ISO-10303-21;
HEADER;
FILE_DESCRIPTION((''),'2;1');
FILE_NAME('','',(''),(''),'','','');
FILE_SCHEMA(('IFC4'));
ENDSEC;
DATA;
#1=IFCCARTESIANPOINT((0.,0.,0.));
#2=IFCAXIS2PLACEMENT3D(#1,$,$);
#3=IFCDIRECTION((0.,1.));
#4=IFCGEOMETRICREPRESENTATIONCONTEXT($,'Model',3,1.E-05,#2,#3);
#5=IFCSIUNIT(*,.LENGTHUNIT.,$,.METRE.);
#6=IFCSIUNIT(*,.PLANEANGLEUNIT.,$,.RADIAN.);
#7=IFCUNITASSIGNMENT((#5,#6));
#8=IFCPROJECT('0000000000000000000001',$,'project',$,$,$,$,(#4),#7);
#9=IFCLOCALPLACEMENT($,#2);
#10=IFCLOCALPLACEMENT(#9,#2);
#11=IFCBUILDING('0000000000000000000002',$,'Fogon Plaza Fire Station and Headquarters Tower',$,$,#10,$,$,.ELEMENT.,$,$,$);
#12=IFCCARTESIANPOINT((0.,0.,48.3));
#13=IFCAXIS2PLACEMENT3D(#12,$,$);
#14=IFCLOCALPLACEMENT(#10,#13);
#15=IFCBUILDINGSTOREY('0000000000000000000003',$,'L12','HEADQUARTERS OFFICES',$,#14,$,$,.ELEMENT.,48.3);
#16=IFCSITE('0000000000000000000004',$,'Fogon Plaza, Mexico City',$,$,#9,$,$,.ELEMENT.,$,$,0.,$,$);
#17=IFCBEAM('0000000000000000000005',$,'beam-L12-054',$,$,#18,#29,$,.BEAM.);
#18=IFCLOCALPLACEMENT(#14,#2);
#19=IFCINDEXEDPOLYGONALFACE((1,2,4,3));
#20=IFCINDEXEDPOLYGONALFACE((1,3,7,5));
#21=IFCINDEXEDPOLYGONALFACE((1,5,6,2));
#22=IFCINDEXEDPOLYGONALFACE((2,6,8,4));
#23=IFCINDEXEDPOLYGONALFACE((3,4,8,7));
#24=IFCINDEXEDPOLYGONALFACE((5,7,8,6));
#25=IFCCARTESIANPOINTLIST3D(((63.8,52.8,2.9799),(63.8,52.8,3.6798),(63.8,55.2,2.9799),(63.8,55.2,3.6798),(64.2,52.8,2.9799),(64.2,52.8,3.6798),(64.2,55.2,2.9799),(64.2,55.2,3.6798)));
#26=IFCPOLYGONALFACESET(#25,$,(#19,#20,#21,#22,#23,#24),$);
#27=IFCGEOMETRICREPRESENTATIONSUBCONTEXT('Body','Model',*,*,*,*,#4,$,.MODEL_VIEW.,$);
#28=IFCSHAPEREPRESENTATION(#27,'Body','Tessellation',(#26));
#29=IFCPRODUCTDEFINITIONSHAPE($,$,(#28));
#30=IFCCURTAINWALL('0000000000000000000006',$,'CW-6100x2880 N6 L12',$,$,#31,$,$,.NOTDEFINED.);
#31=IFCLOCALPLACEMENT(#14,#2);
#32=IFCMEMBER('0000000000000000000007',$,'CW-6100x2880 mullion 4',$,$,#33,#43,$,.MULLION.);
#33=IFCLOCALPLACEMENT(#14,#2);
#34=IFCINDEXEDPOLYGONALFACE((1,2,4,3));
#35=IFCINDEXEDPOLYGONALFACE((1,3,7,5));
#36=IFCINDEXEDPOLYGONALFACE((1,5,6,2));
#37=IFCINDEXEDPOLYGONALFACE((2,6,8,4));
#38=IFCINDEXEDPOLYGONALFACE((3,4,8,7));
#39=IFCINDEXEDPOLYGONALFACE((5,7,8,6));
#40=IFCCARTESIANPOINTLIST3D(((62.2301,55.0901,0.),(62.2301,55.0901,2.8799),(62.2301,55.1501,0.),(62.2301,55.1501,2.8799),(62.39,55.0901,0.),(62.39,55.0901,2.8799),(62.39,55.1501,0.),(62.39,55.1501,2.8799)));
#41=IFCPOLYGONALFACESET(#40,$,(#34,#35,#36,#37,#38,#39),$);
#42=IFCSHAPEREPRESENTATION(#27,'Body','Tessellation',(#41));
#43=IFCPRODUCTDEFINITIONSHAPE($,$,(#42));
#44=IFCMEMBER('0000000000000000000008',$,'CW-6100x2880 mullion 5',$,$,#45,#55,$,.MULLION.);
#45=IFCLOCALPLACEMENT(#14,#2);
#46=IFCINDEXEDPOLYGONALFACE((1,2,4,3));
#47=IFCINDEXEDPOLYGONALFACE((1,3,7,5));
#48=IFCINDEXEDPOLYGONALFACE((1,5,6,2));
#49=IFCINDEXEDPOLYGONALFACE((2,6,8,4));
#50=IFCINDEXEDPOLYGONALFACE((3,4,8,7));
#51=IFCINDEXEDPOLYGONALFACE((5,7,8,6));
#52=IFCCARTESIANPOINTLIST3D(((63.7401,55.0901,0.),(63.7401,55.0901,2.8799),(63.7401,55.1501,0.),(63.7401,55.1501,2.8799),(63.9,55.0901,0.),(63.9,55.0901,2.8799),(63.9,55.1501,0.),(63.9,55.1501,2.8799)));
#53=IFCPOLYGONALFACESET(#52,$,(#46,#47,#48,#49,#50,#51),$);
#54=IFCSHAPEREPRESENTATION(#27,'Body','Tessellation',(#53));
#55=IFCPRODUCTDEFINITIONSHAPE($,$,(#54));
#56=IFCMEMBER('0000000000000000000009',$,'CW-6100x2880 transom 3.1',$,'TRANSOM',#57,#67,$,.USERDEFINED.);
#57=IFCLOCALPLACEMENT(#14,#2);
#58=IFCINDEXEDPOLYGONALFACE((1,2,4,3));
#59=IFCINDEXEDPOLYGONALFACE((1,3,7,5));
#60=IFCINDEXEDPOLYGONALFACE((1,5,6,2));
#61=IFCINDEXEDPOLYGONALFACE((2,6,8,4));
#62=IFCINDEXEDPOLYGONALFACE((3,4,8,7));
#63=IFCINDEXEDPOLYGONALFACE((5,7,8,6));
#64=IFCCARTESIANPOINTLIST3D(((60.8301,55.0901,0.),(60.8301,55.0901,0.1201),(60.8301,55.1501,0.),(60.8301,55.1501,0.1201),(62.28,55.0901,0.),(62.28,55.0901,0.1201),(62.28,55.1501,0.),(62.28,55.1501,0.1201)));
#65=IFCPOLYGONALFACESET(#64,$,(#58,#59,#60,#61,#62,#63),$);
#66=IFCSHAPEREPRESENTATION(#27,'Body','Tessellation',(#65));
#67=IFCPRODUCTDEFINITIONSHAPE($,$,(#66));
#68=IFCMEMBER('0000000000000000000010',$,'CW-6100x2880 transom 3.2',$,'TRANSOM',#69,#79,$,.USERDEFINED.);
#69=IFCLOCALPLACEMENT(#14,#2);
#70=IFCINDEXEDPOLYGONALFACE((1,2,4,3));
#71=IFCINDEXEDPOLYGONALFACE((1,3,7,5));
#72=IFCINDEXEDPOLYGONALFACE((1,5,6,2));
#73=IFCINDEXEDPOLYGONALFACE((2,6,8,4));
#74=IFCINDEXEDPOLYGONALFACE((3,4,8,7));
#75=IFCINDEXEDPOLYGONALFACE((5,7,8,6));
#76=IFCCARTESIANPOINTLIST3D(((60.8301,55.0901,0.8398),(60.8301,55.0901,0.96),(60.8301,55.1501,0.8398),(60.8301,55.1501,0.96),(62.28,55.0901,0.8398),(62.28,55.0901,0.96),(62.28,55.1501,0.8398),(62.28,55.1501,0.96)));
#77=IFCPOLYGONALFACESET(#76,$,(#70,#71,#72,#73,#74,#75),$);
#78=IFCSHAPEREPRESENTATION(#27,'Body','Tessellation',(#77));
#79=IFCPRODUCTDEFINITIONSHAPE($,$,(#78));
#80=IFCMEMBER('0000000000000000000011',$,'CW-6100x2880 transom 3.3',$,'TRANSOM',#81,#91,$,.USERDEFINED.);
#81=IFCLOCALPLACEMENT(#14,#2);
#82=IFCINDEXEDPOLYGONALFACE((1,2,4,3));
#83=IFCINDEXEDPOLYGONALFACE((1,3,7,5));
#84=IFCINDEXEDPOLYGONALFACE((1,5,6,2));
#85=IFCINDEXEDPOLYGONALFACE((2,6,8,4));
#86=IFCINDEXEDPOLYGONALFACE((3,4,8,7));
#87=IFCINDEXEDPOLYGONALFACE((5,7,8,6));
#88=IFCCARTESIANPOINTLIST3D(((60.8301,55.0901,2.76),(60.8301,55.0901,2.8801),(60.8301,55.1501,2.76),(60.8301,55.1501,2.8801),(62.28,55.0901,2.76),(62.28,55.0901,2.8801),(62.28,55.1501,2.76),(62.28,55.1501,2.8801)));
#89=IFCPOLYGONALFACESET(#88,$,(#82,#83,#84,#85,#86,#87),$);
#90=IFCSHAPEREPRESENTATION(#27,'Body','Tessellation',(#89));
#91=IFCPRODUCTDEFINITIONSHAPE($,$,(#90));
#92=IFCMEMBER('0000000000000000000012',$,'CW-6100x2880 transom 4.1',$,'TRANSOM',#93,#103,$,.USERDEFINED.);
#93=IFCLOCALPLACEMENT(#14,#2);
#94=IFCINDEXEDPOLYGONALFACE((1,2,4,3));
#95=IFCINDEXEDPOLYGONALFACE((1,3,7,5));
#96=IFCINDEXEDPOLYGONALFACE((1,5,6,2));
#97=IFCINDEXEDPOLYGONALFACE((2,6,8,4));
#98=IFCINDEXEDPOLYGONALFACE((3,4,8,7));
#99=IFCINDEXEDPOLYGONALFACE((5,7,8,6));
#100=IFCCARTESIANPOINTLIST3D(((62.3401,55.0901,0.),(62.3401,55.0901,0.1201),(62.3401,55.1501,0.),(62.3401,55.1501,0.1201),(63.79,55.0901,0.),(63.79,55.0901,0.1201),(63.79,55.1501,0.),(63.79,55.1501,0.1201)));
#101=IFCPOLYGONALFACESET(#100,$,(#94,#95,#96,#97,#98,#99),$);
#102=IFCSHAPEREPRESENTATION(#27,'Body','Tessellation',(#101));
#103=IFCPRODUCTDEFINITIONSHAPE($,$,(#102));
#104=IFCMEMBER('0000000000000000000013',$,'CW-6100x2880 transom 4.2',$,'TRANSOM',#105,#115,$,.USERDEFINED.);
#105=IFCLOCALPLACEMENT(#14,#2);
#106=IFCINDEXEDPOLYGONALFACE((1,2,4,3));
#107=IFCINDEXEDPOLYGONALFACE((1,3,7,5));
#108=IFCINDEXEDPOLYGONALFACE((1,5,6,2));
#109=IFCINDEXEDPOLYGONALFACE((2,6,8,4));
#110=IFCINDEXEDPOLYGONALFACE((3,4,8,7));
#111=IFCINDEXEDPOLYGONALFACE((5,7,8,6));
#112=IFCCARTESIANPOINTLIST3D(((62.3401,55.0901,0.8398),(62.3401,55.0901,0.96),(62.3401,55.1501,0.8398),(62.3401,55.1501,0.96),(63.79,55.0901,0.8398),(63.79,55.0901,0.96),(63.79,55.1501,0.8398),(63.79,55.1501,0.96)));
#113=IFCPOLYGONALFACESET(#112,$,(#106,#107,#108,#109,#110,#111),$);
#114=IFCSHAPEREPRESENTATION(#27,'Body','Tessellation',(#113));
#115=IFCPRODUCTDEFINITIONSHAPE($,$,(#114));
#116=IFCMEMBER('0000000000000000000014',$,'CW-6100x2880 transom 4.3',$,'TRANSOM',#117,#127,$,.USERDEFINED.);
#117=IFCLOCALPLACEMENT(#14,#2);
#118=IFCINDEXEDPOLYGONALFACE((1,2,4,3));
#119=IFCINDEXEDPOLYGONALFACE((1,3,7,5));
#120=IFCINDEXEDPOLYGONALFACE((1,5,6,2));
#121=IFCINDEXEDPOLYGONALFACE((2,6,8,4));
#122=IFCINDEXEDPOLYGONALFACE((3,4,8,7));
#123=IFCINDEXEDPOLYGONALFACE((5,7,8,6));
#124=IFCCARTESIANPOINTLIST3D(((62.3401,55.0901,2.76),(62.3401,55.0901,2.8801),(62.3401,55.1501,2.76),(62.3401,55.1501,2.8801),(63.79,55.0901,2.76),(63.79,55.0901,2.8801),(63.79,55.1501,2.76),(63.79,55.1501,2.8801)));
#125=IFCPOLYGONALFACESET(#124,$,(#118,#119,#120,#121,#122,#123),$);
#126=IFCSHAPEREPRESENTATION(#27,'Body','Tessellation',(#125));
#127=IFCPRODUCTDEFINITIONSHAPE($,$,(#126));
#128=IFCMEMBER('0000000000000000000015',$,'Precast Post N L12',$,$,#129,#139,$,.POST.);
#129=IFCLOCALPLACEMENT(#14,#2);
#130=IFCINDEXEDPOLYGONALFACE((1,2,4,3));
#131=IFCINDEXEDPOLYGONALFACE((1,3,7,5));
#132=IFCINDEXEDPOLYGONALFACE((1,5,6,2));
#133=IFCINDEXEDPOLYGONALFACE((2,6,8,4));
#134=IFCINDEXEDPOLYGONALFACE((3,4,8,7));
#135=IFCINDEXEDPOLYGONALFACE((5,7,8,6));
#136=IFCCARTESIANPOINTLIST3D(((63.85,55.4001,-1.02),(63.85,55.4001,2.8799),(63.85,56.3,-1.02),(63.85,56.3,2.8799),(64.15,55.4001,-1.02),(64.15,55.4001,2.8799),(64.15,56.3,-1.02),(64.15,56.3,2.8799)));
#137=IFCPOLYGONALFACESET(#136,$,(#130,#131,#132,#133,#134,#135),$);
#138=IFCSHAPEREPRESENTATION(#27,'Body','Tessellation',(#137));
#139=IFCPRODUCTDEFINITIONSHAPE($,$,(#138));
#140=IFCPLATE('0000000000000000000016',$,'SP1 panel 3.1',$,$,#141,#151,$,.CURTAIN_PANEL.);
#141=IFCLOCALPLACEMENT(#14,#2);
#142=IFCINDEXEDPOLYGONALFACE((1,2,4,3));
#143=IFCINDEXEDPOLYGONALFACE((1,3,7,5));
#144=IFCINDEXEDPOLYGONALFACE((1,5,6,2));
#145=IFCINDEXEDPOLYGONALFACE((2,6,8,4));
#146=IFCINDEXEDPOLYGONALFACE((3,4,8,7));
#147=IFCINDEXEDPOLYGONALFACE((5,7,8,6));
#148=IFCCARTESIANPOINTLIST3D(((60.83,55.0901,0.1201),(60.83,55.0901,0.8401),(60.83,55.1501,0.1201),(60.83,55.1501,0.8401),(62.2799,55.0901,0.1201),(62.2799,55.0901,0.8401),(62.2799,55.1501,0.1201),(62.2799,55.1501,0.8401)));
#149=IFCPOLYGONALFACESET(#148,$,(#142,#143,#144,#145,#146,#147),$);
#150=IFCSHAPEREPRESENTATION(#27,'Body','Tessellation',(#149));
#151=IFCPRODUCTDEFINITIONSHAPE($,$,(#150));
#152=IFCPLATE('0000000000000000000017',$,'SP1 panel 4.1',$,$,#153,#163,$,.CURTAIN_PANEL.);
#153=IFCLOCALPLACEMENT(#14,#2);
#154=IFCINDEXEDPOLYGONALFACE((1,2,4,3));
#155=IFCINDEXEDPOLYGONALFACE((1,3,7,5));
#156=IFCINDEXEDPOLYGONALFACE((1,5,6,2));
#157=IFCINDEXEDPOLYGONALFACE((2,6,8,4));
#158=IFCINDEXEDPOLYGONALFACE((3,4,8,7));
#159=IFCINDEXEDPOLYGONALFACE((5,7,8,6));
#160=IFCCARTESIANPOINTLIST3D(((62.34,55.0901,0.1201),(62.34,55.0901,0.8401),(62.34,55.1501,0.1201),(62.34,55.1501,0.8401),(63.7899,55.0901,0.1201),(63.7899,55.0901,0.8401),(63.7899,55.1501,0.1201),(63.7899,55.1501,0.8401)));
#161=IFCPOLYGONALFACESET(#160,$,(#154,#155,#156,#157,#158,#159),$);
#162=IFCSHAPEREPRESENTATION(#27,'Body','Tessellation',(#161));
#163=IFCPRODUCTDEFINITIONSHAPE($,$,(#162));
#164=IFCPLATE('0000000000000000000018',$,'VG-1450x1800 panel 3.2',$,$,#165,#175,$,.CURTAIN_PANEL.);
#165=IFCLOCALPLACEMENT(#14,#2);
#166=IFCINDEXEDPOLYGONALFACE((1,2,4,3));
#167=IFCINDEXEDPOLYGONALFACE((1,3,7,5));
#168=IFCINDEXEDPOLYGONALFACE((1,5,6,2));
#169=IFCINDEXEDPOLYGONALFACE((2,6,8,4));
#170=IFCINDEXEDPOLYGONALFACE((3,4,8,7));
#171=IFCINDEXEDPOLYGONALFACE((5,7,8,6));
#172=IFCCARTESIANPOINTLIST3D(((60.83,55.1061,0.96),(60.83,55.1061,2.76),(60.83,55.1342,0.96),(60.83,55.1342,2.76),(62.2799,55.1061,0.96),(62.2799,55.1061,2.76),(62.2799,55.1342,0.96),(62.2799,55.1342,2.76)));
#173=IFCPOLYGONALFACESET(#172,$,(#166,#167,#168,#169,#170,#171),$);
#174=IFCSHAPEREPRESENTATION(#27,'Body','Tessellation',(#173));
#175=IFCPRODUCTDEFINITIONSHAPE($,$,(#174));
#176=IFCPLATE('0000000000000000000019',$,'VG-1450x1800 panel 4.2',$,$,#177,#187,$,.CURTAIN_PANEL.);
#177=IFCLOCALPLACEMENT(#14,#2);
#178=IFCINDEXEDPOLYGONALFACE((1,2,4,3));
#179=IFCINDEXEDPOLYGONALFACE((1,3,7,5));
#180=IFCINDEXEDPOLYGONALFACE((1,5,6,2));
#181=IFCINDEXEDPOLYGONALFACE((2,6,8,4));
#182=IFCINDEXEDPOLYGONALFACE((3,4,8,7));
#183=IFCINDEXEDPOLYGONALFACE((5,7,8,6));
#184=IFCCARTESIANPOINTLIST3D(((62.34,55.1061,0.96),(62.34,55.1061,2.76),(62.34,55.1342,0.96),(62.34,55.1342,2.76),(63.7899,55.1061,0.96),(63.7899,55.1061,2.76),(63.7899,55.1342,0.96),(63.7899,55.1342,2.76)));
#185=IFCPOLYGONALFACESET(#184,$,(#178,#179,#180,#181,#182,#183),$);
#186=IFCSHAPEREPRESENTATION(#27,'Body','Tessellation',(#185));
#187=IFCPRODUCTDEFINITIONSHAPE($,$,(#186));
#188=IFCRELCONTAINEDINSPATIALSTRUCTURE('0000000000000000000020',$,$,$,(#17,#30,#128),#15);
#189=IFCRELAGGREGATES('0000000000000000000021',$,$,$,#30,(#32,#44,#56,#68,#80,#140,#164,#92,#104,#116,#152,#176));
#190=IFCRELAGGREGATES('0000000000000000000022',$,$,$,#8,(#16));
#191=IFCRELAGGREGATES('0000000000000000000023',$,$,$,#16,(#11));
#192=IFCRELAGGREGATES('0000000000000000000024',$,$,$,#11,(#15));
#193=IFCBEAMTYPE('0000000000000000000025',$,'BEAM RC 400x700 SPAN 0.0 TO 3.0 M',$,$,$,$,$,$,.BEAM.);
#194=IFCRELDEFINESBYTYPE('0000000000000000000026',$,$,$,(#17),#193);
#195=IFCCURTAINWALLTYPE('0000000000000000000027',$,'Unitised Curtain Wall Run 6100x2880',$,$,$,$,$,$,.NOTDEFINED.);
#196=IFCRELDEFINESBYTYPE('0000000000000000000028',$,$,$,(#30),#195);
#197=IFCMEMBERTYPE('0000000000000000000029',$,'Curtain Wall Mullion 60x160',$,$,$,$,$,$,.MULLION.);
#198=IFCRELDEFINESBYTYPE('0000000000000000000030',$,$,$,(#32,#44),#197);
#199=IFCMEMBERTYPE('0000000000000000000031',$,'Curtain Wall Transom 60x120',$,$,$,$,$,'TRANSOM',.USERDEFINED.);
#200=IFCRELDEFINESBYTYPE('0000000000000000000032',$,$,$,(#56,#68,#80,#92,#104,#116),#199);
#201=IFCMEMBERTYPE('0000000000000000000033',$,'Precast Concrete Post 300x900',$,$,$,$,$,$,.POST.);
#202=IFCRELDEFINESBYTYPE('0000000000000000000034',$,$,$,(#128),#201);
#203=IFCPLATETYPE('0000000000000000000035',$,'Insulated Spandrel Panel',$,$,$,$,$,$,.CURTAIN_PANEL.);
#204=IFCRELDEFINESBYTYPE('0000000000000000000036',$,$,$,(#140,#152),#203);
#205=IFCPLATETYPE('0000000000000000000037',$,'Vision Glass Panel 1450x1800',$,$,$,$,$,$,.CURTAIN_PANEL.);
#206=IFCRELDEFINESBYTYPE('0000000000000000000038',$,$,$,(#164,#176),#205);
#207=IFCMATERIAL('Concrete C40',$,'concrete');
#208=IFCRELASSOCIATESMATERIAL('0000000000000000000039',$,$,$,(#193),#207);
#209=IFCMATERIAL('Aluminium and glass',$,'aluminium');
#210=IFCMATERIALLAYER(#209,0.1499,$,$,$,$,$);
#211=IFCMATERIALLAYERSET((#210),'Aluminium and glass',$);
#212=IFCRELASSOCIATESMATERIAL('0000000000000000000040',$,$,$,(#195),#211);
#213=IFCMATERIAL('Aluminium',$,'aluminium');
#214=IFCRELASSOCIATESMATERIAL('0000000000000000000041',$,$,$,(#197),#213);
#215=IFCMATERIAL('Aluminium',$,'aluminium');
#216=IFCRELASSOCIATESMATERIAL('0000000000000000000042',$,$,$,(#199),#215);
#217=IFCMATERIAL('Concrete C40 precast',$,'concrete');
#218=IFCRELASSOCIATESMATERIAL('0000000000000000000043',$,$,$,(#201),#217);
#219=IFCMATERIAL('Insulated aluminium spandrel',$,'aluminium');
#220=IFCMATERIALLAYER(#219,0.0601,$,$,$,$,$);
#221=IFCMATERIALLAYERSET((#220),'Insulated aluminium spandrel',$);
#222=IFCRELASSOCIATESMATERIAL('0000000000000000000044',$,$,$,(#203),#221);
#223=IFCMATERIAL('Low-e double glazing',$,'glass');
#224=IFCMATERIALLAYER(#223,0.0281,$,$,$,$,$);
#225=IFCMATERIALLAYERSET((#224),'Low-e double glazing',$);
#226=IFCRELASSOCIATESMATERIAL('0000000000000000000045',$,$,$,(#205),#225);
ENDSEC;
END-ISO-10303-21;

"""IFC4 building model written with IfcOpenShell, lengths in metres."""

from ifc_helpers import new_model, si_unit, direction, frame, origin, origin_2d, place, context, subcontext, project, spatial, rectangle, extrude, material, layer, layer_set, material_profile, profile_set, type_object, element, aggregate, save


model = new_model("IFC4")

# Units and contexts
model_context = context("Model", 3, precision=1e-05, world=origin(), true_north=direction((0.0, 1.0)))
body_context = subcontext(model_context, "Body", "Model", "MODEL_VIEW")
ifc_project = project(units=[si_unit("LENGTHUNIT", "METRE"), si_unit("PLANEANGLEUNIT", "RADIAN")], contexts=[model_context])

# Site, building, storey
site_placement = place(None, origin())
site = spatial("IfcSite", under=ifc_project, at=site_placement, Name="Fogon Plaza, Mexico City", CompositionType="ELEMENT", RefElevation=0.0)
building_placement = place(site_placement, origin())
building = spatial("IfcBuilding", under=site, at=building_placement, Name="Fogon Plaza Fire Station and Headquarters Tower", CompositionType="ELEMENT")
storey_placement = place(building_placement, frame((0.0, 0.0, 48.3)))
storey = spatial("IfcBuildingStorey", under=building, at=storey_placement, Name="L12", Description="HEADQUARTERS OFFICES", CompositionType="ELEMENT", Elevation=48.3)

# Beam
ifc_material_1 = material(Name="Concrete C40", Category="concrete")
ifc_material_profile_1 = material_profile(ifc_material_1, rectangle(XDim=0.3999, YDim=0.7, at=origin_2d()), Name="RC 400x700")
ifc_profile_set_1 = profile_set([ifc_material_profile_1], Name="Concrete C40")
beam_type = type_object("IfcBeamType", Name="BEAM RC 400x700 SPAN 0.0 TO 3.0 M", PredefinedType="BEAM", material=ifc_profile_set_1)
beam_placement = place(storey_placement, frame((64.0, 52.8, 3.3298), z_axis=(0.0, 1.0, 0.0), x_axis=(-1.0, 0.0, 0.0)))
element("IfcBeam", 1, at=beam_placement, inside=storey, type_object=beam_type, Name="beam-L12-054", PredefinedType="BEAM", context=body_context, shape_type="SweptSolid", body=[
    extrude(rectangle(XDim=0.3999, YDim=0.7, at=origin_2d()), origin(), (0.0, 0.0, 1.0), 2.3999),
])

# Curtain wall, members
ifc_material_2 = material(Name="Aluminium and glass", Category="aluminium")
ifc_layer_1 = layer(ifc_material_2, 0.1499)
ifc_layer_set_1 = layer_set([ifc_layer_1], Name="Aluminium and glass")
curtain_wall_type = type_object("IfcCurtainWallType", Name="Unitised Curtain Wall Run 6100x2880", PredefinedType="NOTDEFINED", material=ifc_layer_set_1)
curtain_wall_placement = place(storey_placement, origin())
curtain_wall = element("IfcCurtainWall", 2, at=curtain_wall_placement, inside=storey, type_object=curtain_wall_type, Name="CW-6100x2880 N6 L12", PredefinedType="NOTDEFINED")
ifc_material_3 = material(Name="Aluminium", Category="aluminium")
ifc_material_profile_2 = material_profile(ifc_material_3, rectangle(XDim=0.0601, YDim=0.1599, at=origin_2d()), Name="Curtain Wall Mullion 60x160")
ifc_profile_set_2 = profile_set([ifc_material_profile_2], Name="Aluminium")
member_type_1 = type_object("IfcMemberType", Name="Curtain Wall Mullion 60x160", PredefinedType="MULLION", material=ifc_profile_set_2)
member_1_placement = place(storey_placement, frame((62.3101, 55.1201, 0.0), z_axis=(0.0, 0.0, 1.0), x_axis=(0.0, 1.0, 0.0)))
member_1 = element("IfcMember", 3, at=member_1_placement, type_object=member_type_1, Name="CW-6100x2880 mullion 4", PredefinedType="MULLION", context=body_context, shape_type="SweptSolid", body=[
    extrude(rectangle(XDim=0.0601, YDim=0.1599, at=origin_2d()), origin(), (0.0, 0.0, 1.0), 2.8799),
])
member_2_placement = place(storey_placement, frame((63.8201, 55.1201, 0.0), z_axis=(0.0, 0.0, 1.0), x_axis=(0.0, 1.0, 0.0)))
member_2 = element("IfcMember", 4, at=member_2_placement, type_object=member_type_1, Name="CW-6100x2880 mullion 5", PredefinedType="MULLION", context=body_context, shape_type="SweptSolid", body=[
    extrude(rectangle(XDim=0.0601, YDim=0.1599, at=origin_2d()), origin(), (0.0, 0.0, 1.0), 2.8799),
])
ifc_material_4 = material(Name="Aluminium", Category="aluminium")
ifc_material_profile_3 = material_profile(ifc_material_4, rectangle(XDim=0.0601, YDim=0.1201, at=origin_2d()), Name="Curtain Wall Transom 60x120")
ifc_profile_set_3 = profile_set([ifc_material_profile_3], Name="Aluminium")
member_type_2 = type_object("IfcMemberType", Name="Curtain Wall Transom 60x120", ElementType="TRANSOM", PredefinedType="USERDEFINED", material=ifc_profile_set_3)
member_3_placement = place(storey_placement, frame((60.8301, 55.1201, 0.0601), z_axis=(1.0, 0.0, 0.0), x_axis=(0.0, 1.0, 0.0)))
member_3 = element("IfcMember", 5, at=member_3_placement, type_object=member_type_2, Name="CW-6100x2880 transom 3.1", ObjectType="TRANSOM", PredefinedType="USERDEFINED", context=body_context, shape_type="SweptSolid", body=[
    extrude(rectangle(XDim=0.0601, YDim=0.1201, at=origin_2d()), origin(), (0.0, 0.0, 1.0), 1.45),
])
member_4_placement = place(storey_placement, frame((60.8301, 55.1201, 0.8999), z_axis=(1.0, 0.0, 0.0), x_axis=(0.0, 1.0, 0.0)))
member_4 = element("IfcMember", 6, at=member_4_placement, type_object=member_type_2, Name="CW-6100x2880 transom 3.2", ObjectType="TRANSOM", PredefinedType="USERDEFINED", context=body_context, shape_type="SweptSolid", body=[
    extrude(rectangle(XDim=0.0601, YDim=0.1201, at=origin_2d()), origin(), (0.0, 0.0, 1.0), 1.45),
])
member_5_placement = place(storey_placement, frame((60.8301, 55.1201, 2.8201), z_axis=(1.0, 0.0, 0.0), x_axis=(0.0, 1.0, 0.0)))
member_5 = element("IfcMember", 7, at=member_5_placement, type_object=member_type_2, Name="CW-6100x2880 transom 3.3", ObjectType="TRANSOM", PredefinedType="USERDEFINED", context=body_context, shape_type="SweptSolid", body=[
    extrude(rectangle(XDim=0.0601, YDim=0.1201, at=origin_2d()), origin(), (0.0, 0.0, 1.0), 1.45),
])
member_6_placement = place(storey_placement, frame((62.3401, 55.1201, 0.0601), z_axis=(1.0, 0.0, 0.0), x_axis=(0.0, 1.0, 0.0)))
member_6 = element("IfcMember", 8, at=member_6_placement, type_object=member_type_2, Name="CW-6100x2880 transom 4.1", ObjectType="TRANSOM", PredefinedType="USERDEFINED", context=body_context, shape_type="SweptSolid", body=[
    extrude(rectangle(XDim=0.0601, YDim=0.1201, at=origin_2d()), origin(), (0.0, 0.0, 1.0), 1.45),
])
member_7_placement = place(storey_placement, frame((62.3401, 55.1201, 0.8999), z_axis=(1.0, 0.0, 0.0), x_axis=(0.0, 1.0, 0.0)))
member_7 = element("IfcMember", 9, at=member_7_placement, type_object=member_type_2, Name="CW-6100x2880 transom 4.2", ObjectType="TRANSOM", PredefinedType="USERDEFINED", context=body_context, shape_type="SweptSolid", body=[
    extrude(rectangle(XDim=0.0601, YDim=0.1201, at=origin_2d()), origin(), (0.0, 0.0, 1.0), 1.45),
])
member_8_placement = place(storey_placement, frame((62.3401, 55.1201, 2.8201), z_axis=(1.0, 0.0, 0.0), x_axis=(0.0, 1.0, 0.0)))
member_8 = element("IfcMember", 10, at=member_8_placement, type_object=member_type_2, Name="CW-6100x2880 transom 4.3", ObjectType="TRANSOM", PredefinedType="USERDEFINED", context=body_context, shape_type="SweptSolid", body=[
    extrude(rectangle(XDim=0.0601, YDim=0.1201, at=origin_2d()), origin(), (0.0, 0.0, 1.0), 1.45),
])

# Member
ifc_material_5 = material(Name="Concrete C40 precast", Category="concrete")
ifc_material_profile_4 = material_profile(ifc_material_5, rectangle(XDim=0.3, YDim=0.8999, at=origin_2d()), Name="Precast Concrete Post 300x900")
ifc_profile_set_4 = profile_set([ifc_material_profile_4], Name="Concrete C40 precast")
member_type_3 = type_object("IfcMemberType", Name="Precast Concrete Post 300x900", PredefinedType="POST", material=ifc_profile_set_4)
member_9_placement = place(storey_placement, frame((64.0, 55.8501, -1.02), z_axis=(0.0, 0.0, 1.0), x_axis=(1.0, 0.0, 0.0)))
element("IfcMember", 11, at=member_9_placement, inside=storey, type_object=member_type_3, Name="Precast Post N L12", PredefinedType="POST", context=body_context, shape_type="SweptSolid", body=[
    extrude(rectangle(XDim=0.3, YDim=0.8999, at=origin_2d()), origin(), (0.0, 0.0, 1.0), 3.8999),
])

# Plates
ifc_material_6 = material(Name="Insulated aluminium spandrel", Category="aluminium")
ifc_layer_2 = layer(ifc_material_6, 0.0601)
ifc_layer_set_2 = layer_set([ifc_layer_2], Name="Insulated aluminium spandrel")
plate_type_1 = type_object("IfcPlateType", Name="Insulated Spandrel Panel", PredefinedType="CURTAIN_PANEL", material=ifc_layer_set_2)
plate_1_placement = place(storey_placement, frame((61.5549, 55.1201, 0.1201), z_axis=(0.0, 0.0, 1.0), x_axis=(1.0, 0.0, 0.0)))
plate_1 = element("IfcPlate", 12, at=plate_1_placement, type_object=plate_type_1, Name="SP1 panel 3.1", PredefinedType="CURTAIN_PANEL", context=body_context, shape_type="SweptSolid", body=[
    extrude(rectangle(XDim=1.45, YDim=0.0601, at=origin_2d()), origin(), (0.0, 0.0, 1.0), 0.72),
])
plate_2_placement = place(storey_placement, frame((63.0649, 55.1201, 0.1201), z_axis=(0.0, 0.0, 1.0), x_axis=(1.0, 0.0, 0.0)))
plate_2 = element("IfcPlate", 13, at=plate_2_placement, type_object=plate_type_1, Name="SP1 panel 4.1", PredefinedType="CURTAIN_PANEL", context=body_context, shape_type="SweptSolid", body=[
    extrude(rectangle(XDim=1.45, YDim=0.0601, at=origin_2d()), origin(), (0.0, 0.0, 1.0), 0.72),
])
ifc_material_7 = material(Name="Low-e double glazing", Category="glass")
ifc_layer_3 = layer(ifc_material_7, 0.0281)
ifc_layer_set_3 = layer_set([ifc_layer_3], Name="Low-e double glazing")
plate_type_2 = type_object("IfcPlateType", Name="Vision Glass Panel 1450x1800", PredefinedType="CURTAIN_PANEL", material=ifc_layer_set_3)
plate_3_placement = place(storey_placement, frame((61.5549, 55.1201, 0.96), z_axis=(0.0, 0.0, 1.0), x_axis=(1.0, 0.0, 0.0)))
plate_3 = element("IfcPlate", 14, at=plate_3_placement, type_object=plate_type_2, Name="VG-1450x1800 panel 3.2", PredefinedType="CURTAIN_PANEL", context=body_context, shape_type="SweptSolid", body=[
    extrude(rectangle(XDim=1.45, YDim=0.0281, at=origin_2d()), origin(), (0.0, 0.0, 1.0), 1.8),
])
plate_4_placement = place(storey_placement, frame((63.0649, 55.1201, 0.96), z_axis=(0.0, 0.0, 1.0), x_axis=(1.0, 0.0, 0.0)))
plate_4 = element("IfcPlate", 15, at=plate_4_placement, type_object=plate_type_2, Name="VG-1450x1800 panel 4.2", PredefinedType="CURTAIN_PANEL", context=body_context, shape_type="SweptSolid", body=[
    extrude(rectangle(XDim=1.45, YDim=0.0281, at=origin_2d()), origin(), (0.0, 0.0, 1.0), 1.8),
])
aggregate(curtain_wall, [member_1, member_2, member_3, member_4, member_5, plate_1, plate_3, member_6, member_7, member_8, plate_2, plate_4])

save(model, "model.ifc")
